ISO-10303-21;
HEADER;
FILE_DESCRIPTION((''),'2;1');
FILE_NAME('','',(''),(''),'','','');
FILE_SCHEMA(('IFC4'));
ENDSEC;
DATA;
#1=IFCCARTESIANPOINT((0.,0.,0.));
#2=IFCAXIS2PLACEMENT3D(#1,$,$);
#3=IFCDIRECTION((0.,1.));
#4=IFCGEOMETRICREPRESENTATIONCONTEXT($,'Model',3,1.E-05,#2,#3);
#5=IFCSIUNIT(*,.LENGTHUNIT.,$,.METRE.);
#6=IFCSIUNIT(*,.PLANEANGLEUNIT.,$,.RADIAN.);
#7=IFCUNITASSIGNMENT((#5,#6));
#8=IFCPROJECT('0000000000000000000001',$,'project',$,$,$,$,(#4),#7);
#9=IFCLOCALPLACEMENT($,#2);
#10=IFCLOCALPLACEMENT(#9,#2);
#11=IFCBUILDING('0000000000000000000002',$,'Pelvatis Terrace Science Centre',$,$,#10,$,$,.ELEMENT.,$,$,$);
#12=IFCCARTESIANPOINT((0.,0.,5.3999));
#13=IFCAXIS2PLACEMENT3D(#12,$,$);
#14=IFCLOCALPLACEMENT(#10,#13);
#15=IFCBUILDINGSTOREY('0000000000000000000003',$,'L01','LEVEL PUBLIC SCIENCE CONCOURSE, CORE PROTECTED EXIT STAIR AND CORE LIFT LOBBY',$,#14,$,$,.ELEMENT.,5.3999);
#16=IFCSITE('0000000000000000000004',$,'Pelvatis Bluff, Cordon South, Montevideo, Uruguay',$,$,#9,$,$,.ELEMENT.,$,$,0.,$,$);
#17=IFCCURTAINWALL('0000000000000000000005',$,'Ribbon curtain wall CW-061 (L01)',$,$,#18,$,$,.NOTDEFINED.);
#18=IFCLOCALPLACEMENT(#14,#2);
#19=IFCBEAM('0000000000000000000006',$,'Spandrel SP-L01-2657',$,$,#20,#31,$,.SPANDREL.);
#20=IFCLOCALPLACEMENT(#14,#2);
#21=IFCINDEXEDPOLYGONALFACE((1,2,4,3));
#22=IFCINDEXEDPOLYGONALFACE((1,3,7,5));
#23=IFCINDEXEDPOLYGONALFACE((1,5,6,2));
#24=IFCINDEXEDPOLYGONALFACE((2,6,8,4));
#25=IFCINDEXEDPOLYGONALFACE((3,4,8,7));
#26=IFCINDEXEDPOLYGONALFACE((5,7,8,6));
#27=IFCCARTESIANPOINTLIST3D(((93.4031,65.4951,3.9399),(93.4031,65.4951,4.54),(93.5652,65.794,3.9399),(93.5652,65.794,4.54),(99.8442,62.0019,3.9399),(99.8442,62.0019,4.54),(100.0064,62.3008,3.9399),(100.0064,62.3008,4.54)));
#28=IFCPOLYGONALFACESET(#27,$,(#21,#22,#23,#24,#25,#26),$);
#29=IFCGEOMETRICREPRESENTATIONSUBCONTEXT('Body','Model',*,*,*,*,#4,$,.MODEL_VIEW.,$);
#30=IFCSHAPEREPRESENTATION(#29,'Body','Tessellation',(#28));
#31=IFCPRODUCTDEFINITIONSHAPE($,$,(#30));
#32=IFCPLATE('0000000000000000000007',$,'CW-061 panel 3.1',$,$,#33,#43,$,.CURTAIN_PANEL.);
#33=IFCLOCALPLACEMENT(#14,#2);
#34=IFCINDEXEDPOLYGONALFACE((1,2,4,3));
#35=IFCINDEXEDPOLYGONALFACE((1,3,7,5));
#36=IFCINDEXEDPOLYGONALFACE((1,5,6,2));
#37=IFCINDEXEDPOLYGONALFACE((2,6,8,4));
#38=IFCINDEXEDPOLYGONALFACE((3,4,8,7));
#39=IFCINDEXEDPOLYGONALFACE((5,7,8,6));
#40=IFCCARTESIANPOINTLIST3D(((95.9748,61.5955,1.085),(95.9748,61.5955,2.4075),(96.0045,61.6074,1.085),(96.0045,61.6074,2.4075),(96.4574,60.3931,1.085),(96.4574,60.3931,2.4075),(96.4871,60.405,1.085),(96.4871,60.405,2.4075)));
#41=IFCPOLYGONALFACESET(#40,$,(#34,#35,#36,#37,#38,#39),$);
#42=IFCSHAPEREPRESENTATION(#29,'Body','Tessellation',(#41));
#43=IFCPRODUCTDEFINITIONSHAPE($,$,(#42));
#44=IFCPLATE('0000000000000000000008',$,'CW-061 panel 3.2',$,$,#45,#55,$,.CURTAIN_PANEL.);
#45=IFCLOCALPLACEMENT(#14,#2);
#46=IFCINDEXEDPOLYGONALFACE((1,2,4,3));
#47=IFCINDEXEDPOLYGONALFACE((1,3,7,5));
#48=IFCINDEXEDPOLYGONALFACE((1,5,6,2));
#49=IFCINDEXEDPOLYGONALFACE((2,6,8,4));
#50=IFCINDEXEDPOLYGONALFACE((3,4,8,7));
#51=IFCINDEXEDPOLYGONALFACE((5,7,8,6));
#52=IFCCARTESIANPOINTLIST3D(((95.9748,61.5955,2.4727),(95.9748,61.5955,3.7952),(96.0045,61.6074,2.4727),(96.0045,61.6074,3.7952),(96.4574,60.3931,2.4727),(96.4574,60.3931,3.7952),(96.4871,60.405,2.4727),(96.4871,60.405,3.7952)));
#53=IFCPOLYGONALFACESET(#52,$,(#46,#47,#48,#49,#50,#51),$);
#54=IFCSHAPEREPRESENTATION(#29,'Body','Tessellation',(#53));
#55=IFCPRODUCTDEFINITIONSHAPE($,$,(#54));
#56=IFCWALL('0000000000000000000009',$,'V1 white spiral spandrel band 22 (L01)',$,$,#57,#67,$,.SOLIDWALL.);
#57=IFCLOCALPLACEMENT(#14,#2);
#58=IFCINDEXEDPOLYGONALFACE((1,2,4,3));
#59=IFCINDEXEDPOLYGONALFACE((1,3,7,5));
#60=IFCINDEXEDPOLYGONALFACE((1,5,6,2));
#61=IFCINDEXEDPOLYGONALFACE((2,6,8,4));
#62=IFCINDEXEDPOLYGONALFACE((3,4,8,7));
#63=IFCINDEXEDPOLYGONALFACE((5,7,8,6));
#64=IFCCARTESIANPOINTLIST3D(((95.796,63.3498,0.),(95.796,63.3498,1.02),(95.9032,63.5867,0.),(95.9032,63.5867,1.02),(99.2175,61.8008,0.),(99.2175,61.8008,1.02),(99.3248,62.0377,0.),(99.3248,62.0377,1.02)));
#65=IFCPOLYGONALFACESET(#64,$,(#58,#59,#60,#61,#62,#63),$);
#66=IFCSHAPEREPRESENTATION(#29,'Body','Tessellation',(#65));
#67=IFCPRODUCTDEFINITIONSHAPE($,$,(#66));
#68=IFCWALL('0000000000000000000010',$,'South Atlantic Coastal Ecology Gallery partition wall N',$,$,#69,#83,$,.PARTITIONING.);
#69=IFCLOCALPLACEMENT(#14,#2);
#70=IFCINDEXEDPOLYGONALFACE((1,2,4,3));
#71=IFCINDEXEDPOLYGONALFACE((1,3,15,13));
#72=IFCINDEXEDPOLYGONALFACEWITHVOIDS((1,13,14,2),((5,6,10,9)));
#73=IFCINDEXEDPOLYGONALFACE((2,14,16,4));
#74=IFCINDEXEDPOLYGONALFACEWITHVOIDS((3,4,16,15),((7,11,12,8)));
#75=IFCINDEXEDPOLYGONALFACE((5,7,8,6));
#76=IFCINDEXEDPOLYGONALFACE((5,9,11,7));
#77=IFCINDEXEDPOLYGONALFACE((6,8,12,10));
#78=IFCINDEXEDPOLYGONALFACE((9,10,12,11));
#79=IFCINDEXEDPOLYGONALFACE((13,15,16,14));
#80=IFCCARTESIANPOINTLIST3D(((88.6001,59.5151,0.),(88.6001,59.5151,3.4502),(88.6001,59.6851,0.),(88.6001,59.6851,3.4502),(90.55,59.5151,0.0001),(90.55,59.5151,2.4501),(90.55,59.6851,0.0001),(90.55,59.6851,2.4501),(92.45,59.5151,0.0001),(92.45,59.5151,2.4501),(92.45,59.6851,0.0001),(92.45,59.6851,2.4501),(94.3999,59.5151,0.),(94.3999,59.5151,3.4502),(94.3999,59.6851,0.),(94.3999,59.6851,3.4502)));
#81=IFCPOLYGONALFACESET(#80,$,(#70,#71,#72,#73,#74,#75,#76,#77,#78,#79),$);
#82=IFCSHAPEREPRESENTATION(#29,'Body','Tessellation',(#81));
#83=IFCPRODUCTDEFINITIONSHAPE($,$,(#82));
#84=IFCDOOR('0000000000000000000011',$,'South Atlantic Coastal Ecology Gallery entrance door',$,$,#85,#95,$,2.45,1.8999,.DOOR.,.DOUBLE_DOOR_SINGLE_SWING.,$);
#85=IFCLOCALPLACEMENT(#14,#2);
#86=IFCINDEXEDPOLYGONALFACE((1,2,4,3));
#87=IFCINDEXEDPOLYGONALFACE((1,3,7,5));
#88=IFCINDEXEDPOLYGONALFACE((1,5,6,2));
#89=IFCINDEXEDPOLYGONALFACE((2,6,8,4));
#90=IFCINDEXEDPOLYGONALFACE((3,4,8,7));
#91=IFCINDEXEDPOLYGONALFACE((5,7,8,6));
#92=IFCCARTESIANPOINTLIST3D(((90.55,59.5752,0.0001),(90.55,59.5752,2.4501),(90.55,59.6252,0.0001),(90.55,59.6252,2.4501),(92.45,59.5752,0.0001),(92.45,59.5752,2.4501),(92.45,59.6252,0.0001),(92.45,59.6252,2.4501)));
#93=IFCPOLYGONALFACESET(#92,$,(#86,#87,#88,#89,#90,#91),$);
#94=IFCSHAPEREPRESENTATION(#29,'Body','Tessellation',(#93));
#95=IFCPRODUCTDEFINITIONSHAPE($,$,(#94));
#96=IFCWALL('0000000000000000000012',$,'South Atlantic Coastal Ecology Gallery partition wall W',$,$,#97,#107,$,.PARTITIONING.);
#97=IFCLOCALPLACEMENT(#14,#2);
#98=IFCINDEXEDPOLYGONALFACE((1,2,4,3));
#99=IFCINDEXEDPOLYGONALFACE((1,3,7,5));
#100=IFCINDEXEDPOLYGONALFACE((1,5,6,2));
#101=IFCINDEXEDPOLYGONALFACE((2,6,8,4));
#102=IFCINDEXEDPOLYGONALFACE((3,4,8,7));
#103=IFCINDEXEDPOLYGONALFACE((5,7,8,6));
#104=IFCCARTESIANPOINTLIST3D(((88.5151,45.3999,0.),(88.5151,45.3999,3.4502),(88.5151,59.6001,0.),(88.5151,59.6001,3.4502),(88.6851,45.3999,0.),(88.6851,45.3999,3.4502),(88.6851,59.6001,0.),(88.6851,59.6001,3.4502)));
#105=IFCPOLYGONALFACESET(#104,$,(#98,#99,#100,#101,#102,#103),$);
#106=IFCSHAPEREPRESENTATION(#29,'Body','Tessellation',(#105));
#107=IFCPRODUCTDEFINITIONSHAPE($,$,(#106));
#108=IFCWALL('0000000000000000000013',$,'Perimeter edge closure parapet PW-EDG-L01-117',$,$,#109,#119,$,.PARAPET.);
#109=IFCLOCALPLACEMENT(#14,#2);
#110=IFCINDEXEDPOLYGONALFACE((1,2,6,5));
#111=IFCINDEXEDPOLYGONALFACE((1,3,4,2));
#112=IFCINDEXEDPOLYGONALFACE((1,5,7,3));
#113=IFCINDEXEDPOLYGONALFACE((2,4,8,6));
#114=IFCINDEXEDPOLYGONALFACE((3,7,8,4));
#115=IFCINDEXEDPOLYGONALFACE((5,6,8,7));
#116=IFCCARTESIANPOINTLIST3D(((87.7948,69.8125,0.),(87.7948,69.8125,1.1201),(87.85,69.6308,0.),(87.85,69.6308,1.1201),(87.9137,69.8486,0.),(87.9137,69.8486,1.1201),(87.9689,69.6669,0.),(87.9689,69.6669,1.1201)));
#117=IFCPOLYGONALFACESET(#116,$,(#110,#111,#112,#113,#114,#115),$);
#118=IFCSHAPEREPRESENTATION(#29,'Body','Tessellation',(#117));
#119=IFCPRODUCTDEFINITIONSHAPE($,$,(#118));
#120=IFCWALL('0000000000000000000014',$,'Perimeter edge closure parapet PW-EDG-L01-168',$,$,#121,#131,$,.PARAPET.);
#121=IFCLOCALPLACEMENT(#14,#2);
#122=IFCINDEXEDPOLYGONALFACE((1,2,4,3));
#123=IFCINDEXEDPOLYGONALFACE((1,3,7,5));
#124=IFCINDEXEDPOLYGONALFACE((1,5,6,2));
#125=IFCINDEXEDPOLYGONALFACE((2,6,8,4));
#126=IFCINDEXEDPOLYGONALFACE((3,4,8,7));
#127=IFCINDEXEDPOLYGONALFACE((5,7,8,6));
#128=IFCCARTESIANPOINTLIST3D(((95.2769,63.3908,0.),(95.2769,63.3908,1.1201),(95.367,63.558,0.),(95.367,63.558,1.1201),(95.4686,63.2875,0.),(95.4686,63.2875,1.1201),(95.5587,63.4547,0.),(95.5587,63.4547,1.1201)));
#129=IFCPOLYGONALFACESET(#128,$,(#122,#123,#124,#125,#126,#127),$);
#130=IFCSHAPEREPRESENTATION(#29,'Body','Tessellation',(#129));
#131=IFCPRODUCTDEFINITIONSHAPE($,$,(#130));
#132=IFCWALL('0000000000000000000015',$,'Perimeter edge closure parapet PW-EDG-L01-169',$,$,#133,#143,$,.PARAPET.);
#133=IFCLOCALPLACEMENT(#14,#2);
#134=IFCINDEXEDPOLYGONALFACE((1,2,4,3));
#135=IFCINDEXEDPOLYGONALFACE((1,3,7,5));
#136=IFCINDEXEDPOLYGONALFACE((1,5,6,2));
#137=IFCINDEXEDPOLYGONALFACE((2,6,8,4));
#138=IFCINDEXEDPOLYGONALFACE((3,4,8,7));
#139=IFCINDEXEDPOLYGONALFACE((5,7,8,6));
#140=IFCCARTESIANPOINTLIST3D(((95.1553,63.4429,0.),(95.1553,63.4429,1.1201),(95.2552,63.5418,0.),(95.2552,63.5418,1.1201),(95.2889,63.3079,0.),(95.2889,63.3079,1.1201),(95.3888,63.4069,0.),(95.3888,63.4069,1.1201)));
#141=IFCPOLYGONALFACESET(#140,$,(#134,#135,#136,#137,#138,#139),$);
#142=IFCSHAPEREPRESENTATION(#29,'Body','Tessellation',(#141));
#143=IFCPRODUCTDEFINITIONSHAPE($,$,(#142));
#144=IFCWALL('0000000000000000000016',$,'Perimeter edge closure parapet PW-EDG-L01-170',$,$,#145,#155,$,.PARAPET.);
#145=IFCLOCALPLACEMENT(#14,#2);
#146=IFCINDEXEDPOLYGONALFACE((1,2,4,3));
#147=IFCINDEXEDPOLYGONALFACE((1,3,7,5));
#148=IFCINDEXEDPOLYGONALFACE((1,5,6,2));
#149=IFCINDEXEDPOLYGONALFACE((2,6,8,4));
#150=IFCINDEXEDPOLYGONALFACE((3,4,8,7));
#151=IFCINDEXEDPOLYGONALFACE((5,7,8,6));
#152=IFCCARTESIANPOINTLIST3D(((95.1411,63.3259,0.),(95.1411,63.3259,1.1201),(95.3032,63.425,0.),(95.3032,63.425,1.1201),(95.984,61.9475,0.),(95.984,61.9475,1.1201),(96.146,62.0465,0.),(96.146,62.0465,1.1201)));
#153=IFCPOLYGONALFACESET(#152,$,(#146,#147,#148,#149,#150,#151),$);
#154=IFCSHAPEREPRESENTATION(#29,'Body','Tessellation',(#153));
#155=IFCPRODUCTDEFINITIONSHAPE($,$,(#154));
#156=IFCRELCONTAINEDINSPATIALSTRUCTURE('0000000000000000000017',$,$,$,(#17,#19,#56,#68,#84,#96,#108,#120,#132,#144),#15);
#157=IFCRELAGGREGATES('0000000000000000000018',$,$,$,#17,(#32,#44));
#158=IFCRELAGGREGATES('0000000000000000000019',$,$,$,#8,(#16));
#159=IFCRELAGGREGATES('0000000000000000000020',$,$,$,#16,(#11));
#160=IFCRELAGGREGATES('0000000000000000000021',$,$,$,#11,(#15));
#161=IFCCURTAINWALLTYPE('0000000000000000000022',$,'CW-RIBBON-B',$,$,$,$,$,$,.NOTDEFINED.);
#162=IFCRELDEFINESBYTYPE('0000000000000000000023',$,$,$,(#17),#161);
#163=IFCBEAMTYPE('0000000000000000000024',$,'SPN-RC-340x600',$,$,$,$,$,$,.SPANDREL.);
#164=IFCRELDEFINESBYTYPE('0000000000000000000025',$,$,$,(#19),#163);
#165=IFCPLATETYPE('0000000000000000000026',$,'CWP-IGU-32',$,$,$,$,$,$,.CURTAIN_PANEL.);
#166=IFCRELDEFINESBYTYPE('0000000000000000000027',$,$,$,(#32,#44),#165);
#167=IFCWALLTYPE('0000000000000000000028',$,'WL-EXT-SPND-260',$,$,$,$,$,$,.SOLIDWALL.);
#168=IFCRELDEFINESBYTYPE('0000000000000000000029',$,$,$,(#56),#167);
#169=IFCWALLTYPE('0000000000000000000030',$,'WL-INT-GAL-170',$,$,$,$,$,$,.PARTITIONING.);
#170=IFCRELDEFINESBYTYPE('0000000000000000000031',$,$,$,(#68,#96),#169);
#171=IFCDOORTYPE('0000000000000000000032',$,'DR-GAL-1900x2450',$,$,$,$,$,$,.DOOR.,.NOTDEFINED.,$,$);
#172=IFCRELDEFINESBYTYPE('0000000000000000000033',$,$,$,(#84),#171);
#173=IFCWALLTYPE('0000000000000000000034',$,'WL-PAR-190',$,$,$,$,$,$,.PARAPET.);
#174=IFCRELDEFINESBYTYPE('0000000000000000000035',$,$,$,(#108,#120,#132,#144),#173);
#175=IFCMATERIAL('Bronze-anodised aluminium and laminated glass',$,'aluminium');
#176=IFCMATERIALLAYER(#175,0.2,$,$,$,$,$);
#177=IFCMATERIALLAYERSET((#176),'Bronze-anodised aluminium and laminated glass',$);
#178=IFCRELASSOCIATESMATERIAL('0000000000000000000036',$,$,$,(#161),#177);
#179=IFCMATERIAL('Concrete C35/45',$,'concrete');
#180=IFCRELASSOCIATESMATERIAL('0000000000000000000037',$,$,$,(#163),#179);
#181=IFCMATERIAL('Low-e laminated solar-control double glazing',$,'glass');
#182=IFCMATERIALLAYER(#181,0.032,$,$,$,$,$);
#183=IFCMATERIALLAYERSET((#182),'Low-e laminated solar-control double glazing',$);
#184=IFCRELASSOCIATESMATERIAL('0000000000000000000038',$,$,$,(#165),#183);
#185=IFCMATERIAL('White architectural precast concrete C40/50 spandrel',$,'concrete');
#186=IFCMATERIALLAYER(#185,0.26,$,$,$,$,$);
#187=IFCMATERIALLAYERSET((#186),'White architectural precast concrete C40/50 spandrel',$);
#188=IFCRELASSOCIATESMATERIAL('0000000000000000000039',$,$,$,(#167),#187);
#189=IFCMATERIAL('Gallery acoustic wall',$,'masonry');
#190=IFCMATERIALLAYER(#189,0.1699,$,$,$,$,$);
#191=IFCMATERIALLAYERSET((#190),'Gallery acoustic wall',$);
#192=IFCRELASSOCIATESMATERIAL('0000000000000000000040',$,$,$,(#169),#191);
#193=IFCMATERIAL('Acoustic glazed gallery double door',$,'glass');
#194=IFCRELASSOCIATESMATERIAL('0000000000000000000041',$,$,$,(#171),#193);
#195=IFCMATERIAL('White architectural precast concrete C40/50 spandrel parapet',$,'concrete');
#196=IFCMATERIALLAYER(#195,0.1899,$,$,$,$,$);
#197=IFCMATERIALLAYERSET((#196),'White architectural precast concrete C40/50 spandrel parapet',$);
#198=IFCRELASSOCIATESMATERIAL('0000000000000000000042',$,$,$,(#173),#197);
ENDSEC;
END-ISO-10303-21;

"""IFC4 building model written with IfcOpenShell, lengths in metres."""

from ifc_helpers import new_model, si_unit, direction, frame, frame_2d, origin, origin_2d, place, context, subcontext, project, spatial, rectangle, extrude, material, layer, layer_set, material_profile, profile_set, type_object, element, fill, aggregate, save


model = new_model("IFC4")

# Units and contexts
model_context = context("Model", 3, precision=1e-05, world=origin(), true_north=direction((0.0, 1.0)))
body_context = subcontext(model_context, "Body", "Model", "MODEL_VIEW")
ifc_project = project(units=[si_unit("LENGTHUNIT", "METRE"), si_unit("PLANEANGLEUNIT", "RADIAN")], contexts=[model_context])

# Site, building, storey
site_placement = place(None, origin())
site = spatial("IfcSite", under=ifc_project, at=site_placement, Name="Pelvatis Bluff, Cordon South, Montevideo, Uruguay", CompositionType="ELEMENT", RefElevation=0.0)
building_placement = place(site_placement, origin())
building = spatial("IfcBuilding", under=site, at=building_placement, Name="Pelvatis Terrace Science Centre", CompositionType="ELEMENT")
storey_placement = place(building_placement, frame((0.0, 0.0, 5.3999)))
storey = spatial("IfcBuildingStorey", under=building, at=storey_placement, Name="L01", Description="LEVEL PUBLIC SCIENCE CONCOURSE, CORE PROTECTED EXIT STAIR AND CORE LIFT LOBBY", CompositionType="ELEMENT", Elevation=5.3999)

# Curtain wall
ifc_material_1 = material(Name="Bronze-anodised aluminium and laminated glass", Category="aluminium")
ifc_layer_1 = layer(ifc_material_1, 0.2)
ifc_layer_set_1 = layer_set([ifc_layer_1], Name="Bronze-anodised aluminium and laminated glass")
curtain_wall_type = type_object("IfcCurtainWallType", Name="CW-RIBBON-B", PredefinedType="NOTDEFINED", material=ifc_layer_set_1)
curtain_wall_1_placement = place(storey_placement, origin())
curtain_wall_1 = element("IfcCurtainWall", 1, at=curtain_wall_1_placement, inside=storey, type_object=curtain_wall_type, Name="Ribbon curtain wall CW-061 (L01)", PredefinedType="NOTDEFINED")

# Beam
ifc_material_2 = material(Name="Concrete C35/45", Category="concrete")
ifc_material_profile_1 = material_profile(ifc_material_2, rectangle(XDim=0.3401, YDim=0.6001, at=origin_2d()), Name="RC-SPN 340x600")
ifc_profile_set_1 = profile_set([ifc_material_profile_1], Name="Concrete C35/45")
beam_type_1 = type_object("IfcBeamType", Name="SPN-RC-340x600", PredefinedType="SPANDREL", material=ifc_profile_set_1)
beam_1_placement = place(storey_placement, frame((93.4841, 65.6445, 4.24), z_axis=(0.879052, -0.476726, 0.0), x_axis=(0.476726, 0.879052, 0.0)))
element("IfcBeam", 2, at=beam_1_placement, inside=storey, type_object=beam_type_1, Name="Spandrel SP-L01-2657", PredefinedType="SPANDREL", context=body_context, shape_type="SweptSolid", body=[
    extrude(rectangle(XDim=0.3401, YDim=0.6001, at=origin_2d()), origin(), (0.0, 0.0, 1.0), 7.3274),
])

# Plates
ifc_material_3 = material(Name="Low-e laminated solar-control double glazing", Category="glass")
ifc_layer_2 = layer(ifc_material_3, 0.032)
ifc_layer_set_2 = layer_set([ifc_layer_2], Name="Low-e laminated solar-control double glazing")
plate_type = type_object("IfcPlateType", Name="CWP-IGU-32", PredefinedType="CURTAIN_PANEL", material=ifc_layer_set_2)
plate_1_placement = place(storey_placement, frame((96.231, 61.0002, 1.085), z_axis=(0.0, 0.0, 1.0), x_axis=(-0.372504, 0.92803, 0.0)))
plate_1 = element("IfcPlate", 3, at=plate_1_placement, type_object=plate_type, Name="CW-061 panel 3.1", PredefinedType="CURTAIN_PANEL", context=body_context, shape_type="SweptSolid", body=[
    extrude(rectangle(XDim=1.2957, YDim=0.032, at=origin_2d()), origin(), (0.0, 0.0, 1.0), 1.3225),
])
plate_2_placement = place(storey_placement, frame((96.231, 61.0002, 2.4727), z_axis=(0.0, 0.0, 1.0), x_axis=(-0.372504, 0.92803, 0.0)))
plate_2 = element("IfcPlate", 4, at=plate_2_placement, type_object=plate_type, Name="CW-061 panel 3.2", PredefinedType="CURTAIN_PANEL", context=body_context, shape_type="SweptSolid", body=[
    extrude(rectangle(XDim=1.2957, YDim=0.032, at=origin_2d()), origin(), (0.0, 0.0, 1.0), 1.3225),
])
aggregate(curtain_wall_1, [plate_1, plate_2])

# Wall
ifc_material_4 = material(Name="White architectural precast concrete C40/50 spandrel", Category="concrete")
ifc_layer_3 = layer(ifc_material_4, 0.26)
ifc_layer_set_3 = layer_set([ifc_layer_3], Name="White architectural precast concrete C40/50 spandrel")
wall_type_1 = type_object("IfcWallType", Name="WL-EXT-SPND-260", PredefinedType="SOLIDWALL", material=ifc_layer_set_3)
wall_1_placement = place(storey_placement, frame((95.8496, 63.4683, 0.0), z_axis=(0.0, 0.0, 1.0), x_axis=(0.910989, -0.412431, 0.0)))
element("IfcWall", 5, at=wall_1_placement, inside=storey, type_object=wall_type_1, Name="V1 white spiral spandrel band 22 (L01)", PredefinedType="SOLIDWALL", context=body_context, shape_type="SweptSolid", body=[
    extrude(rectangle(XDim=3.7559, YDim=0.26, at=frame_2d((1.8779, 0.0))), origin(), (0.0, 0.0, 1.0), 1.02),
])

# Wall, opening, door
ifc_material_5 = material(Name="Gallery acoustic wall", Category="masonry")
ifc_layer_4 = layer(ifc_material_5, 0.1699)
ifc_layer_set_4 = layer_set([ifc_layer_4], Name="Gallery acoustic wall")
wall_type_2 = type_object("IfcWallType", Name="WL-INT-GAL-170", PredefinedType="PARTITIONING", material=ifc_layer_set_4)
wall_2_placement = place(storey_placement, frame((94.3999, 59.6001, 0.0), z_axis=(0.0, 0.0, 1.0), x_axis=(-1.0, 0.0, 0.0)))
wall_2 = element("IfcWall", 6, at=wall_2_placement, inside=storey, type_object=wall_type_2, Name="South Atlantic Coastal Ecology Gallery partition wall N", PredefinedType="PARTITIONING", context=body_context, shape_type="SweptSolid", body=[
    extrude(rectangle(XDim=5.7998, YDim=0.1699, at=frame_2d((2.8999, 0.0))), origin(), (0.0, 0.0, 1.0), 3.4502),
])
opening_placement = place(wall_2_placement, frame((1.95, 0.0, 0.0)))
opening = element("IfcOpeningElement", 7, at=opening_placement, cuts=wall_2, PredefinedType="OPENING", context=body_context, shape_type="SweptSolid", body=[
    extrude(rectangle(XDim=1.8999, YDim=2.45, at=frame_2d((0.95, 1.2251))), frame((0.0, 0.095, 0.0), z_axis=(0.0, -1.0, 0.0), x_axis=(1.0, 0.0, 0.0)), (0.0, 0.0, 1.0), 0.1899),
])
ifc_material_6 = material(Name="Acoustic glazed gallery double door", Category="glass")
door_type = type_object("IfcDoorType", Name="DR-GAL-1900x2450", OperationType="NOTDEFINED", PredefinedType="DOOR", material=ifc_material_6)
door_placement = place(opening_placement, origin())
door = element("IfcDoor", 8, at=door_placement, inside=storey, type_object=door_type, Name="South Atlantic Coastal Ecology Gallery entrance door", OperationType="DOUBLE_DOOR_SINGLE_SWING", OverallHeight=2.45, OverallWidth=1.8999, PredefinedType="DOOR", context=body_context, shape_type="SweptSolid", body=[
    extrude(rectangle(XDim=1.8999, YDim=2.45, at=frame_2d((0.95, 1.2251))), frame((0.0, 0.0249, 0.0), z_axis=(0.0, -1.0, 0.0), x_axis=(1.0, 0.0, 0.0)), (0.0, 0.0, 1.0), 0.05),
])
fill(opening, door)

# Walls
wall_3_placement = place(storey_placement, frame((88.6001, 59.6001, 0.0), z_axis=(0.0, 0.0, 1.0), x_axis=(0.0, -1.0, 0.0)))
element("IfcWall", 9, at=wall_3_placement, inside=storey, type_object=wall_type_2, Name="South Atlantic Coastal Ecology Gallery partition wall W", PredefinedType="PARTITIONING", context=body_context, shape_type="SweptSolid", body=[
    extrude(rectangle(XDim=14.2002, YDim=0.1699, at=frame_2d((7.1001, 0.0))), origin(), (0.0, 0.0, 1.0), 3.4502),
])
ifc_material_7 = material(Name="White architectural precast concrete C40/50 spandrel parapet", Category="concrete")
ifc_layer_5 = layer(ifc_material_7, 0.1899)
ifc_layer_set_5 = layer_set([ifc_layer_5], Name="White architectural precast concrete C40/50 spandrel parapet")
wall_type_3 = type_object("IfcWallType", Name="WL-PAR-190", PredefinedType="PARAPET", material=ifc_layer_set_5)
wall_4_placement = place(storey_placement, frame((87.8225, 69.7217, 0.0), z_axis=(0.0, 0.0, 1.0), x_axis=(0.956793, 0.290771, 0.0)))
element("IfcWall", 10, at=wall_4_placement, inside=storey, type_object=wall_type_3, Name="Perimeter edge closure parapet PW-EDG-L01-117", PredefinedType="PARAPET", context=body_context, shape_type="SweptSolid", body=[
    extrude(rectangle(XDim=0.1243, YDim=0.1899, at=frame_2d((0.062, 0.0))), origin(), (0.0, 0.0, 1.0), 1.1201),
])
wall_5_placement = place(storey_placement, frame((95.5137, 63.3711, 0.0), z_axis=(0.0, 0.0, 1.0), x_axis=(-0.880327, 0.474367, 0.0)))
element("IfcWall", 11, at=wall_5_placement, inside=storey, type_object=wall_type_3, Name="Perimeter edge closure parapet PW-EDG-L01-168", PredefinedType="PARAPET", context=body_context, shape_type="SweptSolid", body=[
    extrude(rectangle(XDim=0.2178, YDim=0.1899, at=frame_2d((0.1089, 0.0))), origin(), (0.0, 0.0, 1.0), 1.1201),
])
wall_6_placement = place(storey_placement, frame((95.322, 63.4744, 0.0), z_axis=(0.0, 0.0, 1.0), x_axis=(-0.710573, -0.703624, 0.0)))
element("IfcWall", 12, at=wall_6_placement, inside=storey, type_object=wall_type_3, Name="Perimeter edge closure parapet PW-EDG-L01-169", PredefinedType="PARAPET", context=body_context, shape_type="SweptSolid", body=[
    extrude(rectangle(XDim=0.1406, YDim=0.1899, at=frame_2d((0.0703, 0.0))), origin(), (0.0, 0.0, 1.0), 1.1201),
])
wall_7_placement = place(storey_placement, frame((95.2222, 63.3755, 0.0), z_axis=(0.0, 0.0, 1.0), x_axis=(0.521633, -0.85317, 0.0)))
element("IfcWall", 13, at=wall_7_placement, inside=storey, type_object=wall_type_3, Name="Perimeter edge closure parapet PW-EDG-L01-170", PredefinedType="PARAPET", context=body_context, shape_type="SweptSolid", body=[
    extrude(rectangle(XDim=1.6157, YDim=0.1899, at=frame_2d((0.8079, 0.0))), origin(), (0.0, 0.0, 1.0), 1.1201),
])

save(model, "model.ifc")
